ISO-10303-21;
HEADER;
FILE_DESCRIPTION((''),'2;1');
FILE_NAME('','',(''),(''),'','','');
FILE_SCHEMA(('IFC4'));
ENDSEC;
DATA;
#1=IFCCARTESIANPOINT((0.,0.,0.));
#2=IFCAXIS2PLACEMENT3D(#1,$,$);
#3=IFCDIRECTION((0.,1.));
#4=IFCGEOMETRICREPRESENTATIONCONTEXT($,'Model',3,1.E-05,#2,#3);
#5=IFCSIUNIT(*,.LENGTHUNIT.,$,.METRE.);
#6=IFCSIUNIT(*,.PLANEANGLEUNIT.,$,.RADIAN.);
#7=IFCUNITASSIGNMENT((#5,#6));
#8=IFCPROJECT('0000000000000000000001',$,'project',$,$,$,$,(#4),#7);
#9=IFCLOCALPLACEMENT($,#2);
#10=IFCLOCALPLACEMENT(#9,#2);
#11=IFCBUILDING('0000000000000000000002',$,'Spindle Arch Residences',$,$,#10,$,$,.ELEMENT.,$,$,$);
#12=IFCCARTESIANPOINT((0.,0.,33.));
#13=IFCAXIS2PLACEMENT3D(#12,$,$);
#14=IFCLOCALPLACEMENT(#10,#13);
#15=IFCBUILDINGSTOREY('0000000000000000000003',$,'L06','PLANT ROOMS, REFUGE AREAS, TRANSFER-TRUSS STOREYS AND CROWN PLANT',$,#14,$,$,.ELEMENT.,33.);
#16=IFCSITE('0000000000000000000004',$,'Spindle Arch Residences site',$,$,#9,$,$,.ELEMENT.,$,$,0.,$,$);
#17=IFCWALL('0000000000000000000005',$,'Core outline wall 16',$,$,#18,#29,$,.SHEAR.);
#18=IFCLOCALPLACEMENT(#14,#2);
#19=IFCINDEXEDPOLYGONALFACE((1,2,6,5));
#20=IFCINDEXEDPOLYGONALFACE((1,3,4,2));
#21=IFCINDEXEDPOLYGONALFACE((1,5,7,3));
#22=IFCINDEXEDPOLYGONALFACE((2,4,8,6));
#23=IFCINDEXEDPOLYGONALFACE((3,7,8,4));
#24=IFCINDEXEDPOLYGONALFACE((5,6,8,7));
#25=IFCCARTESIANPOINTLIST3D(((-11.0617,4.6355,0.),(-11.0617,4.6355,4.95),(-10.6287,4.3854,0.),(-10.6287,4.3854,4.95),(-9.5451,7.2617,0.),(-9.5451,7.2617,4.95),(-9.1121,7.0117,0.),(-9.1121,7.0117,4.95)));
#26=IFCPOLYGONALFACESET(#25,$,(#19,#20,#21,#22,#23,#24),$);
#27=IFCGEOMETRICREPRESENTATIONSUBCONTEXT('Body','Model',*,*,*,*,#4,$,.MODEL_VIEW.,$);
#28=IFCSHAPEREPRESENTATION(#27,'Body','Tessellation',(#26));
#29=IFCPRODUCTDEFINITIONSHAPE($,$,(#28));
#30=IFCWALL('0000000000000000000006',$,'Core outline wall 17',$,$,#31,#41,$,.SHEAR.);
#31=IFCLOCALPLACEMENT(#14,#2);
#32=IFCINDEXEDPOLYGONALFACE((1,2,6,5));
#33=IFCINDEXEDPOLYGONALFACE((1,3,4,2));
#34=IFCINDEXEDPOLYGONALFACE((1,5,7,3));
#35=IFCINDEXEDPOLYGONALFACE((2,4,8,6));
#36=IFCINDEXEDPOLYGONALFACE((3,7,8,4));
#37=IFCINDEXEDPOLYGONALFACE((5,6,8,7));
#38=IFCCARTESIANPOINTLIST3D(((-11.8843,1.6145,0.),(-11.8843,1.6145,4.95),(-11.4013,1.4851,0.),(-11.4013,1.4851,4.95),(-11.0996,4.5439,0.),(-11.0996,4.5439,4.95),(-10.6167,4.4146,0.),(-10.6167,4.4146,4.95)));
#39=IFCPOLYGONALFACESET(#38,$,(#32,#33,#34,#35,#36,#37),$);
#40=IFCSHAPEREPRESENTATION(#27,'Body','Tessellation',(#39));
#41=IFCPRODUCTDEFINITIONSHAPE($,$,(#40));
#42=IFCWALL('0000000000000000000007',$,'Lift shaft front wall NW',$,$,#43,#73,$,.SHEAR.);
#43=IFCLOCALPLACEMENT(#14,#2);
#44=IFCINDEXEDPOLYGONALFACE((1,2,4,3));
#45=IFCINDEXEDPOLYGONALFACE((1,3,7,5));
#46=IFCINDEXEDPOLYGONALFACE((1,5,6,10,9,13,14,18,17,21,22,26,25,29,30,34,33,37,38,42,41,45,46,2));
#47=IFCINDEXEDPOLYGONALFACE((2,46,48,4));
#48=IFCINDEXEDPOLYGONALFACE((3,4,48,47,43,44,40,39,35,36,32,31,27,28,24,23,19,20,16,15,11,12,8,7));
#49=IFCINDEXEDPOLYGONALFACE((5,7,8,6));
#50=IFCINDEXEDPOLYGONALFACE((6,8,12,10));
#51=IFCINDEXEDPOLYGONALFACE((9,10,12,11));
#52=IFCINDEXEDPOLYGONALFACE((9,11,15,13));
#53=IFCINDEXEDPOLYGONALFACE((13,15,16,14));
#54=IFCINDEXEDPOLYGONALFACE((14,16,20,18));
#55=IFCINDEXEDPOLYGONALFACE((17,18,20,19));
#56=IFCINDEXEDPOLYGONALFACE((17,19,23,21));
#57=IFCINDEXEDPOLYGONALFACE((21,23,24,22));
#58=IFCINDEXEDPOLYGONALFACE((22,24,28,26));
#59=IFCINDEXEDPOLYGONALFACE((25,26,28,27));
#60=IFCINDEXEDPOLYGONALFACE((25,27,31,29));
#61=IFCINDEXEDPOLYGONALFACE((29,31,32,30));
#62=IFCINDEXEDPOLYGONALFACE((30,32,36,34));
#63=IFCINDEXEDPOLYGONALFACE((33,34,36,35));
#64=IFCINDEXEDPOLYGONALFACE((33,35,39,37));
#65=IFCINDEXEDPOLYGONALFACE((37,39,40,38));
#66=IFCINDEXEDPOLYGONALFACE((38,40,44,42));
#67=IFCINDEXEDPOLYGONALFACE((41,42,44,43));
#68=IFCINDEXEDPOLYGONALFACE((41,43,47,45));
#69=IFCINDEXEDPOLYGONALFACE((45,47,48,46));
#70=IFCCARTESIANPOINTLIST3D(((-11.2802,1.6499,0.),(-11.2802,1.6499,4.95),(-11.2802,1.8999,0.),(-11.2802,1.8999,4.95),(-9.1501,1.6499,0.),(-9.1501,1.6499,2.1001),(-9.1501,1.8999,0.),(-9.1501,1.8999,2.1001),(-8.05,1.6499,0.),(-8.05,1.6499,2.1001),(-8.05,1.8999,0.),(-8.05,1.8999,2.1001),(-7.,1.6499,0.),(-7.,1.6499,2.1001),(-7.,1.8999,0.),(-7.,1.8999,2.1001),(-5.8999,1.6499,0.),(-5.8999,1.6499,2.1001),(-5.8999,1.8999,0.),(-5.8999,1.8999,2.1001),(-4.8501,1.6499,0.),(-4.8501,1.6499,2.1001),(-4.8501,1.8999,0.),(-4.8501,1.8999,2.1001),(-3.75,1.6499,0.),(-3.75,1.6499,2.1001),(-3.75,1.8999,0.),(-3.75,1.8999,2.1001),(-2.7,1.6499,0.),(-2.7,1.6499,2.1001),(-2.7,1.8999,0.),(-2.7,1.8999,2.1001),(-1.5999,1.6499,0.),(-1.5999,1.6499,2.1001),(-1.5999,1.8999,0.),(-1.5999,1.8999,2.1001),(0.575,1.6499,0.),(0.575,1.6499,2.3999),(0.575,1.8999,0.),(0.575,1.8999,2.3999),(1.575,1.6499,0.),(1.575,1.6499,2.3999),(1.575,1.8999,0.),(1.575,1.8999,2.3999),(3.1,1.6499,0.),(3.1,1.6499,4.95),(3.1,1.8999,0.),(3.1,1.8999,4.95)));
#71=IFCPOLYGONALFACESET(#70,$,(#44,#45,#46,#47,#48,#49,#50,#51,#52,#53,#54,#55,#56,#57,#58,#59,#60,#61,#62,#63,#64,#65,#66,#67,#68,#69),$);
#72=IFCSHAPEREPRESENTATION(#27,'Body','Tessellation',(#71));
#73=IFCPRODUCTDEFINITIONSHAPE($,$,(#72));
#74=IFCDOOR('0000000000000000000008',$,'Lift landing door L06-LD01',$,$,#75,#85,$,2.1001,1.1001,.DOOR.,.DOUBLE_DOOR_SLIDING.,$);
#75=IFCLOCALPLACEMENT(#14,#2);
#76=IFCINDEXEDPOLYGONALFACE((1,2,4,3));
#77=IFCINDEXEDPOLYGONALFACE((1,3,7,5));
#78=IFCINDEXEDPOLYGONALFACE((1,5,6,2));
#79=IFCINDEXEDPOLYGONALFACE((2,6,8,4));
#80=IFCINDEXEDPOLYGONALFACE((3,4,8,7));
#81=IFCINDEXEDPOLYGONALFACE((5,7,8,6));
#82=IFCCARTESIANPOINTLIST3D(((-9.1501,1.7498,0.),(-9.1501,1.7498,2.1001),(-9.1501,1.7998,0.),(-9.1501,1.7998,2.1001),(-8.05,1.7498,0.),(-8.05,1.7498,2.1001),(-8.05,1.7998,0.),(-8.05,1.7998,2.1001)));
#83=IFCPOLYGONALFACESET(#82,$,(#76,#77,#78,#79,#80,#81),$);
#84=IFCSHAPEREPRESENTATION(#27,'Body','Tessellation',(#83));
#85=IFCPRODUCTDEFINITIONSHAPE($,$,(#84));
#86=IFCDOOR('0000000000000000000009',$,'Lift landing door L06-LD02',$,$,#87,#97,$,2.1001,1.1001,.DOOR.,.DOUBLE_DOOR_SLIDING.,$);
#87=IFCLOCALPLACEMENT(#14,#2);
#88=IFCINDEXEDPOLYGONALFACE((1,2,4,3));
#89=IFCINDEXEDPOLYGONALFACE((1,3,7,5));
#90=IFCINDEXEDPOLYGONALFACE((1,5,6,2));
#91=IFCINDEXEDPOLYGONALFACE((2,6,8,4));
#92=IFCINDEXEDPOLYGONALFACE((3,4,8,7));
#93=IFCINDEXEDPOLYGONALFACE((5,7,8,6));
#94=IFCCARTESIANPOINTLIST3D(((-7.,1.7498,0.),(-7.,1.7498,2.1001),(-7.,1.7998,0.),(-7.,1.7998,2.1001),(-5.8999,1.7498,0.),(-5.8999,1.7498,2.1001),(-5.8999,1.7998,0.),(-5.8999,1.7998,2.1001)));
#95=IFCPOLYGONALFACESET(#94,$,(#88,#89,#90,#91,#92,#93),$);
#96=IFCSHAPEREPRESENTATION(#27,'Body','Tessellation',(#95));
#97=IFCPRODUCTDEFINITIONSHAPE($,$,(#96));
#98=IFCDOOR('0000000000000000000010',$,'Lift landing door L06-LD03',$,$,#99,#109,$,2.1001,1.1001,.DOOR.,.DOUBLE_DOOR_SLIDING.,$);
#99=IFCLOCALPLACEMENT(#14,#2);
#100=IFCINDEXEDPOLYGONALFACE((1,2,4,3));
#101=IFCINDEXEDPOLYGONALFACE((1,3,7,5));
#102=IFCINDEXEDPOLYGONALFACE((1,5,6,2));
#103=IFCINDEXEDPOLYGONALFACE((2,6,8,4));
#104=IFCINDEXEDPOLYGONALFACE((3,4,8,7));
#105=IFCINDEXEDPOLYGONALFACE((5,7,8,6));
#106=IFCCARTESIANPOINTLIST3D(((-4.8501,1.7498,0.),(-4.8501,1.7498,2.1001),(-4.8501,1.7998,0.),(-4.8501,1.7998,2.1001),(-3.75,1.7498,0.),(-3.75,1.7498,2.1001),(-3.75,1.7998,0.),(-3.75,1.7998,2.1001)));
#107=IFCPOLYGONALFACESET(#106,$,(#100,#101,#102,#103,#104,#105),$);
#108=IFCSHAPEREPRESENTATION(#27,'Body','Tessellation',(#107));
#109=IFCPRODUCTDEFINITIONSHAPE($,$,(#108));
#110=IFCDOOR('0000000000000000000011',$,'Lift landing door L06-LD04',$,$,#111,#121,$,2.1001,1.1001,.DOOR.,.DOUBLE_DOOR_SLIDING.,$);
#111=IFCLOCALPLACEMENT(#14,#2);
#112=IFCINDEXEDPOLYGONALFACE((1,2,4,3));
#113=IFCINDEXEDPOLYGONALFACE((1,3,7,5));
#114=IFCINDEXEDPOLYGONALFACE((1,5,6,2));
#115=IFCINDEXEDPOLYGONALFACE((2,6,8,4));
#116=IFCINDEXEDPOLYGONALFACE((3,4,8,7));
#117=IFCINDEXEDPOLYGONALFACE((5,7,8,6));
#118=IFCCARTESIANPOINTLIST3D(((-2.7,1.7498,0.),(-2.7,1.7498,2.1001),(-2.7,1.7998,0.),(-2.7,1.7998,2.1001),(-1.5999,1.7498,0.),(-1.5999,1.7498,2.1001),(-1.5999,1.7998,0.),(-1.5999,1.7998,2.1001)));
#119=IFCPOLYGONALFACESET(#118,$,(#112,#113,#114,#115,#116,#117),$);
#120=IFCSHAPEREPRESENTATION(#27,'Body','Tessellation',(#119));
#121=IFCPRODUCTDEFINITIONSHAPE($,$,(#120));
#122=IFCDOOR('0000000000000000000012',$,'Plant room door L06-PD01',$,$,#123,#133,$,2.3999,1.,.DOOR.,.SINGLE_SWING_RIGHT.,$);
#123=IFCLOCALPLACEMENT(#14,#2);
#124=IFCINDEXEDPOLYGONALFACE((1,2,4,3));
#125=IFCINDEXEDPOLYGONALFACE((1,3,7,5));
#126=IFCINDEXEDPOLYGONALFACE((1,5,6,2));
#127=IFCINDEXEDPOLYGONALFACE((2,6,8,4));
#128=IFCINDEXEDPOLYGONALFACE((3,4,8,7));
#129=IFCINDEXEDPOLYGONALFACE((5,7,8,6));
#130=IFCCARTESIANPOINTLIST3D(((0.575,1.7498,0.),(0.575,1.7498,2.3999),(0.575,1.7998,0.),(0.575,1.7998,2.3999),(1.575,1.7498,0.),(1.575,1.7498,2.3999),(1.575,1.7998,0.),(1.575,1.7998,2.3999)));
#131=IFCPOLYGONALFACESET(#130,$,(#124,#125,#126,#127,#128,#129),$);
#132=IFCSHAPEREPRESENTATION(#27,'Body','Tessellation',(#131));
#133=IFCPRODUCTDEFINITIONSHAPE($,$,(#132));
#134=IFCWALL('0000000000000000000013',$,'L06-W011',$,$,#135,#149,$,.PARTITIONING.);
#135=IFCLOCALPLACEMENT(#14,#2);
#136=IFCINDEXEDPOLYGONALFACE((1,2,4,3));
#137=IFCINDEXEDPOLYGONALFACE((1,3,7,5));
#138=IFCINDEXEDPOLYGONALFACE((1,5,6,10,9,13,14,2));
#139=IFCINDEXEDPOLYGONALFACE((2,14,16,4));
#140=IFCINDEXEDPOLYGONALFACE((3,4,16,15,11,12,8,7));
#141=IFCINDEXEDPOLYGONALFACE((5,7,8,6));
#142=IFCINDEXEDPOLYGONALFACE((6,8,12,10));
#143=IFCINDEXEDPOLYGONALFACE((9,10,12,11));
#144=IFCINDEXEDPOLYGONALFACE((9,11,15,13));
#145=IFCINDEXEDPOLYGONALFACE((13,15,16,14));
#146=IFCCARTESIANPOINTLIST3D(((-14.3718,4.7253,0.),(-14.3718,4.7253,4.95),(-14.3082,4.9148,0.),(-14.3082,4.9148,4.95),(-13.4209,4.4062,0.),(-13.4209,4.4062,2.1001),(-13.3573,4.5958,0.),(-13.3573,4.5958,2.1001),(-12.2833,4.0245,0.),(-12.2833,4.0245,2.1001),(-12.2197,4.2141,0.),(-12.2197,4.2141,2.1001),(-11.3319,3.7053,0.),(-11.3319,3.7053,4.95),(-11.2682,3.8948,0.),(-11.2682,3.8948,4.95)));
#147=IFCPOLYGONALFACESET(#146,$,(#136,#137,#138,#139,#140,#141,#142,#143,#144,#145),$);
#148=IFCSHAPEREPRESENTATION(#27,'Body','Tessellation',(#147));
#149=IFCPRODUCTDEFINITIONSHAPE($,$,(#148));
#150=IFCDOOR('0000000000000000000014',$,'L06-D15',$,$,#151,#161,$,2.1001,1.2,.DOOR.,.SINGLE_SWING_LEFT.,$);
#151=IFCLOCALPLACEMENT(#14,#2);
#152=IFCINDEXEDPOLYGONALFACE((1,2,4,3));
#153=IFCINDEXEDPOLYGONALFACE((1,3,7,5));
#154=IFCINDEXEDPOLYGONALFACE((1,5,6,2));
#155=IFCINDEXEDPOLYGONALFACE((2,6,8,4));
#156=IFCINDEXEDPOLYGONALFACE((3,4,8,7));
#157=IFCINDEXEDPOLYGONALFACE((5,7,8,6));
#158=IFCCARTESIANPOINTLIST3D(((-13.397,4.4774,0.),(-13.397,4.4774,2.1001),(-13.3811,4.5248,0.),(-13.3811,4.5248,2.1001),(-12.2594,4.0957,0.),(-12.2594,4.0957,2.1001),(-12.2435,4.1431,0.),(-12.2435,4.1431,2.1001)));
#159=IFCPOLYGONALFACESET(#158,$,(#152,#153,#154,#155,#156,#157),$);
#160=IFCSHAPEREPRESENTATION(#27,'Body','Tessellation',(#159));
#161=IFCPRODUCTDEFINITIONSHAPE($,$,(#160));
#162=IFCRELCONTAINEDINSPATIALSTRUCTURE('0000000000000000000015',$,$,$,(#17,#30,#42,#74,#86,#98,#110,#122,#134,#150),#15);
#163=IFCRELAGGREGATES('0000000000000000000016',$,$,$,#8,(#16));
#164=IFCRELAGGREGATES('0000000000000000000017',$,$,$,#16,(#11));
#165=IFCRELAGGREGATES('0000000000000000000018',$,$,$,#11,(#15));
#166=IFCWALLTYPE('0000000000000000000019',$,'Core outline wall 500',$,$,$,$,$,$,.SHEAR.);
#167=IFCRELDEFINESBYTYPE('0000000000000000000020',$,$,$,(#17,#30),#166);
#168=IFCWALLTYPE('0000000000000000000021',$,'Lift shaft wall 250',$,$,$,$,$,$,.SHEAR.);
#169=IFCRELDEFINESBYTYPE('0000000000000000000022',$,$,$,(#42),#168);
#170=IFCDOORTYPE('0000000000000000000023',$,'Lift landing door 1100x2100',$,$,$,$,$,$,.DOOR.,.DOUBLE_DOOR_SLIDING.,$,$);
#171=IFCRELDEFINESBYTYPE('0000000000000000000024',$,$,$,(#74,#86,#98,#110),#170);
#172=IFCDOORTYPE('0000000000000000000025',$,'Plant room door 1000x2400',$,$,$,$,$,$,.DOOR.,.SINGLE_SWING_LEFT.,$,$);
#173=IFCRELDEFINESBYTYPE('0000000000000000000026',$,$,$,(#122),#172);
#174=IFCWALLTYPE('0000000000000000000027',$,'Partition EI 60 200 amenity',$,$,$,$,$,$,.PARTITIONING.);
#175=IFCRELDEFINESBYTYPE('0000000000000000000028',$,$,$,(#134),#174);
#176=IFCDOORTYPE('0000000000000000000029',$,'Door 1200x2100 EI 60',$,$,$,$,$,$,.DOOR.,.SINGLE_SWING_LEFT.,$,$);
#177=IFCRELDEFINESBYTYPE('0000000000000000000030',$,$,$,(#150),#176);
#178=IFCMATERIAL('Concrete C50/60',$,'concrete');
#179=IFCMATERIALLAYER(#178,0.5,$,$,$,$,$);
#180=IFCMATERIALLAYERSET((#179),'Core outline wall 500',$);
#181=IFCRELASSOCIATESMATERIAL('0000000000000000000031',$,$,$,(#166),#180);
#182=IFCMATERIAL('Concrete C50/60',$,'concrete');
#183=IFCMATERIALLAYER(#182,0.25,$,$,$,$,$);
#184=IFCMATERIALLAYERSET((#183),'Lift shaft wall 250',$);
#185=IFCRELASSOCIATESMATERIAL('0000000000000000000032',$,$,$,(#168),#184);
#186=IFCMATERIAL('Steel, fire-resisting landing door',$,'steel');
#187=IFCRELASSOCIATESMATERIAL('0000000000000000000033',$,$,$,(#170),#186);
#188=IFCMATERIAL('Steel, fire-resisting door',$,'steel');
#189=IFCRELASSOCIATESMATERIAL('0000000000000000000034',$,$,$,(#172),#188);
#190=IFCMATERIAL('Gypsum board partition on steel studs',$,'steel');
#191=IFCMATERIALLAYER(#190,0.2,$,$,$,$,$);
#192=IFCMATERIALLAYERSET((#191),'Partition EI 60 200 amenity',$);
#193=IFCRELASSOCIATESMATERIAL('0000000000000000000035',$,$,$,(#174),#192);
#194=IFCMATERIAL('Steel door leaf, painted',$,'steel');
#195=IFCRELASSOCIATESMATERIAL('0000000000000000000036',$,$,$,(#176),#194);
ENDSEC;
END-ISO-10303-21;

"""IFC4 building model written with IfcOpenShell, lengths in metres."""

from ifc_helpers import new_model, si_unit, direction, frame, frame_2d, origin, place, context, subcontext, project, spatial, rectangle, extrude, material, layer, layer_set, type_object, element, fill, save


model = new_model("IFC4")

# Units and contexts
model_context = context("Model", 3, precision=1e-05, world=origin(), true_north=direction((0.0, 1.0)))
body_context = subcontext(model_context, "Body", "Model", "MODEL_VIEW")
ifc_project = project(units=[si_unit("LENGTHUNIT", "METRE"), si_unit("PLANEANGLEUNIT", "RADIAN")], contexts=[model_context])

# Site, building, storey
site_placement = place(None, origin())
site = spatial("IfcSite", under=ifc_project, at=site_placement, Name="Spindle Arch Residences site", CompositionType="ELEMENT", RefElevation=0.0)
building_placement = place(site_placement, origin())
building = spatial("IfcBuilding", under=site, at=building_placement, Name="Spindle Arch Residences", CompositionType="ELEMENT")
storey_placement = place(building_placement, frame((0.0, 0.0, 33.0)))
storey = spatial("IfcBuildingStorey", under=building, at=storey_placement, Name="L06", Description="PLANT ROOMS, REFUGE AREAS, TRANSFER-TRUSS STOREYS AND CROWN PLANT", CompositionType="ELEMENT", Elevation=33.0)

# Walls
ifc_material_1 = material(Name="Concrete C50/60", Category="concrete")
ifc_layer_1 = layer(ifc_material_1, 0.5)
ifc_layer_set_1 = layer_set([ifc_layer_1], Name="Core outline wall 500")
wall_type_1 = type_object("IfcWallType", Name="Core outline wall 500", PredefinedType="SHEAR", material=ifc_layer_set_1)
for number, where, z_axis, x_axis, name in (
    (1, (-9.3286, 7.1367, 0.0), (0.0, 0.0, 1.0), (-0.500087, -0.865975, 0.0), "Core outline wall 16"),
    (2, (-10.8582, 4.4792, 0.0), (0.0, 0.0, 1.0), (-0.258735, -0.965948, 0.0), "Core outline wall 17"),
):
    element("IfcWall", number, at=place(storey_placement, frame(where, z_axis=z_axis, x_axis=x_axis)), inside=storey, type_object=wall_type_1, Name=name, PredefinedType="SHEAR", context=body_context, shape_type="SweptSolid", body=[
        extrude(rectangle(XDim=3.0327, YDim=0.5, at=frame_2d((1.5164, 0.0))), origin(), (0.0, 0.0, 1.0), 4.95),
    ])

# Wall, openings, doors
ifc_material_2 = material(Name="Concrete C50/60", Category="concrete")
ifc_layer_2 = layer(ifc_material_2, 0.25)
ifc_layer_set_2 = layer_set([ifc_layer_2], Name="Lift shaft wall 250")
wall_type_2 = type_object("IfcWallType", Name="Lift shaft wall 250", PredefinedType="SHEAR", material=ifc_layer_set_2)
wall_1_placement = place(storey_placement, frame((-11.28, 1.7749, 0.0), z_axis=(0.0, 0.0, 1.0), x_axis=(1.0, 0.0, 0.0)))
wall_1 = element("IfcWall", 3, at=wall_1_placement, inside=storey, type_object=wall_type_2, Name="Lift shaft front wall NW", PredefinedType="SHEAR", context=body_context, shape_type="SweptSolid", body=[
    extrude(rectangle(XDim=14.3801, YDim=0.25, at=frame_2d((7.1899, 0.0))), origin(), (0.0, 0.0, 1.0), 4.95),
])
opening_1_placement = place(wall_1_placement, frame((2.1299, 0.0, 0.0)))
opening_1 = element("IfcOpeningElement", 4, at=opening_1_placement, cuts=wall_1, PredefinedType="OPENING", context=body_context, shape_type="SweptSolid", body=[
    extrude(rectangle(XDim=1.1001, YDim=2.1001, at=frame_2d((0.55, 1.05))), frame((0.0, 0.135, 0.0), z_axis=(0.0, -1.0, 0.0), x_axis=(1.0, 0.0, 0.0)), (0.0, 0.0, 1.0), 0.27),
])
opening_2_placement = place(wall_1_placement, frame((4.28, 0.0, 0.0)))
opening_2 = element("IfcOpeningElement", 5, at=opening_2_placement, cuts=wall_1, PredefinedType="OPENING", context=body_context, shape_type="SweptSolid", body=[
    extrude(rectangle(XDim=1.1001, YDim=2.1001, at=frame_2d((0.55, 1.05))), frame((0.0, 0.135, 0.0), z_axis=(0.0, -1.0, 0.0), x_axis=(1.0, 0.0, 0.0)), (0.0, 0.0, 1.0), 0.27),
])
opening_3_placement = place(wall_1_placement, frame((6.4299, 0.0, 0.0)))
opening_3 = element("IfcOpeningElement", 6, at=opening_3_placement, cuts=wall_1, PredefinedType="OPENING", context=body_context, shape_type="SweptSolid", body=[
    extrude(rectangle(XDim=1.1001, YDim=2.1001, at=frame_2d((0.55, 1.05))), frame((0.0, 0.135, 0.0), z_axis=(0.0, -1.0, 0.0), x_axis=(1.0, 0.0, 0.0)), (0.0, 0.0, 1.0), 0.27),
])
opening_4_placement = place(wall_1_placement, frame((8.5801, 0.0, 0.0)))
opening_4 = element("IfcOpeningElement", 7, at=opening_4_placement, cuts=wall_1, PredefinedType="OPENING", context=body_context, shape_type="SweptSolid", body=[
    extrude(rectangle(XDim=1.1001, YDim=2.1001, at=frame_2d((0.55, 1.05))), frame((0.0, 0.135, 0.0), z_axis=(0.0, -1.0, 0.0), x_axis=(1.0, 0.0, 0.0)), (0.0, 0.0, 1.0), 0.27),
])
opening_5_placement = place(wall_1_placement, frame((11.855, 0.0, 0.0)))
opening_5 = element("IfcOpeningElement", 8, at=opening_5_placement, cuts=wall_1, PredefinedType="OPENING", context=body_context, shape_type="SweptSolid", body=[
    extrude(rectangle(XDim=1.0, YDim=2.3999, at=frame_2d((0.5, 1.2))), frame((0.0, 0.135, 0.0), z_axis=(0.0, -1.0, 0.0), x_axis=(1.0, 0.0, 0.0)), (0.0, 0.0, 1.0), 0.27),
])
ifc_material_3 = material(Name="Steel, fire-resisting landing door", Category="steel")
door_type_1 = type_object("IfcDoorType", Name="Lift landing door 1100x2100", OperationType="DOUBLE_DOOR_SLIDING", PredefinedType="DOOR", material=ifc_material_3)
door_1_placement = place(opening_1_placement, origin())
door_1 = element("IfcDoor", 9, at=door_1_placement, inside=storey, type_object=door_type_1, Name="Lift landing door L06-LD01", OperationType="DOUBLE_DOOR_SLIDING", OverallHeight=2.1001, OverallWidth=1.1001, PredefinedType="DOOR", context=body_context, shape_type="SweptSolid", body=[
    extrude(rectangle(XDim=1.1001, YDim=2.1001, at=frame_2d((0.55, 1.05))), frame((0.0, 0.0249, 0.0), z_axis=(0.0, -1.0, 0.0), x_axis=(1.0, 0.0, 0.0)), (0.0, 0.0, 1.0), 0.05),
])
fill(opening_1, door_1)
door_2_placement = place(opening_2_placement, origin())
door_2 = element("IfcDoor", 10, at=door_2_placement, inside=storey, type_object=door_type_1, Name="Lift landing door L06-LD02", OperationType="DOUBLE_DOOR_SLIDING", OverallHeight=2.1001, OverallWidth=1.1001, PredefinedType="DOOR", context=body_context, shape_type="SweptSolid", body=[
    extrude(rectangle(XDim=1.1001, YDim=2.1001, at=frame_2d((0.55, 1.05))), frame((0.0, 0.0249, 0.0), z_axis=(0.0, -1.0, 0.0), x_axis=(1.0, 0.0, 0.0)), (0.0, 0.0, 1.0), 0.05),
])
fill(opening_2, door_2)
door_3_placement = place(opening_3_placement, origin())
door_3 = element("IfcDoor", 11, at=door_3_placement, inside=storey, type_object=door_type_1, Name="Lift landing door L06-LD03", OperationType="DOUBLE_DOOR_SLIDING", OverallHeight=2.1001, OverallWidth=1.1001, PredefinedType="DOOR", context=body_context, shape_type="SweptSolid", body=[
    extrude(rectangle(XDim=1.1001, YDim=2.1001, at=frame_2d((0.55, 1.05))), frame((0.0, 0.0249, 0.0), z_axis=(0.0, -1.0, 0.0), x_axis=(1.0, 0.0, 0.0)), (0.0, 0.0, 1.0), 0.05),
])
fill(opening_3, door_3)
door_4_placement = place(opening_4_placement, origin())
door_4 = element("IfcDoor", 12, at=door_4_placement, inside=storey, type_object=door_type_1, Name="Lift landing door L06-LD04", OperationType="DOUBLE_DOOR_SLIDING", OverallHeight=2.1001, OverallWidth=1.1001, PredefinedType="DOOR", context=body_context, shape_type="SweptSolid", body=[
    extrude(rectangle(XDim=1.1001, YDim=2.1001, at=frame_2d((0.55, 1.05))), frame((0.0, 0.0249, 0.0), z_axis=(0.0, -1.0, 0.0), x_axis=(1.0, 0.0, 0.0)), (0.0, 0.0, 1.0), 0.05),
])
fill(opening_4, door_4)
ifc_material_4 = material(Name="Steel, fire-resisting door", Category="steel")
door_type_2 = type_object("IfcDoorType", Name="Plant room door 1000x2400", OperationType="SINGLE_SWING_LEFT", PredefinedType="DOOR", material=ifc_material_4)
door_5_placement = place(opening_5_placement, origin())
door_5 = element("IfcDoor", 13, at=door_5_placement, inside=storey, type_object=door_type_2, Name="Plant room door L06-PD01", OperationType="SINGLE_SWING_RIGHT", OverallHeight=2.3999, OverallWidth=1.0, PredefinedType="DOOR", context=body_context, shape_type="SweptSolid", body=[
    extrude(rectangle(XDim=1.0, YDim=2.3999, at=frame_2d((0.5, 1.2))), frame((0.0, 0.0249, 0.0), z_axis=(0.0, -1.0, 0.0), x_axis=(1.0, 0.0, 0.0)), (0.0, 0.0, 1.0), 0.05),
])
fill(opening_5, door_5)

# Wall, opening, door
ifc_material_5 = material(Name="Gypsum board partition on steel studs", Category="steel")
ifc_layer_3 = layer(ifc_material_5, 0.2)
ifc_layer_set_3 = layer_set([ifc_layer_3], Name="Partition EI 60 200 amenity")
wall_type_3 = type_object("IfcWallType", Name="Partition EI 60 200 amenity", PredefinedType="PARTITIONING", material=ifc_layer_set_3)
wall_2_placement = place(storey_placement, frame((-11.3, 3.8, 0.0), z_axis=(0.0, 0.0, 1.0), x_axis=(-0.948057, 0.3181, 0.0)))
wall_2 = element("IfcWall", 14, at=wall_2_placement, inside=storey, type_object=wall_type_3, Name="L06-W011", PredefinedType="PARTITIONING", context=body_context, shape_type="SweptSolid", body=[
    extrude(rectangle(XDim=3.2065, YDim=0.2, at=frame_2d((1.6033, 0.0))), origin(), (0.0, 0.0, 1.0), 4.95),
])
opening_6_placement = place(wall_2_placement, frame((1.0034, 0.0, 0.0)))
opening_6 = element("IfcOpeningElement", 15, at=opening_6_placement, cuts=wall_2, PredefinedType="OPENING", context=body_context, shape_type="SweptSolid", body=[
    extrude(rectangle(XDim=1.2, YDim=2.1001, at=frame_2d((0.6001, 1.05))), frame((0.0, 0.1099, 0.0), z_axis=(0.0, -1.0, 0.0), x_axis=(1.0, 0.0, 0.0)), (0.0, 0.0, 1.0), 0.22),
])
ifc_material_6 = material(Name="Steel door leaf, painted", Category="steel")
door_type_3 = type_object("IfcDoorType", Name="Door 1200x2100 EI 60", OperationType="SINGLE_SWING_LEFT", PredefinedType="DOOR", material=ifc_material_6)
door_6_placement = place(opening_6_placement, origin())
door_6 = element("IfcDoor", 16, at=door_6_placement, inside=storey, type_object=door_type_3, Name="L06-D15", OperationType="SINGLE_SWING_LEFT", OverallHeight=2.1001, OverallWidth=1.2, PredefinedType="DOOR", context=body_context, shape_type="SweptSolid", body=[
    extrude(rectangle(XDim=1.2, YDim=2.1001, at=frame_2d((0.6001, 1.05))), frame((0.0, 0.0249, 0.0), z_axis=(0.0, -1.0, 0.0), x_axis=(1.0, 0.0, 0.0)), (0.0, 0.0, 1.0), 0.05),
])
fill(opening_6, door_6)

save(model, "model.ifc")
